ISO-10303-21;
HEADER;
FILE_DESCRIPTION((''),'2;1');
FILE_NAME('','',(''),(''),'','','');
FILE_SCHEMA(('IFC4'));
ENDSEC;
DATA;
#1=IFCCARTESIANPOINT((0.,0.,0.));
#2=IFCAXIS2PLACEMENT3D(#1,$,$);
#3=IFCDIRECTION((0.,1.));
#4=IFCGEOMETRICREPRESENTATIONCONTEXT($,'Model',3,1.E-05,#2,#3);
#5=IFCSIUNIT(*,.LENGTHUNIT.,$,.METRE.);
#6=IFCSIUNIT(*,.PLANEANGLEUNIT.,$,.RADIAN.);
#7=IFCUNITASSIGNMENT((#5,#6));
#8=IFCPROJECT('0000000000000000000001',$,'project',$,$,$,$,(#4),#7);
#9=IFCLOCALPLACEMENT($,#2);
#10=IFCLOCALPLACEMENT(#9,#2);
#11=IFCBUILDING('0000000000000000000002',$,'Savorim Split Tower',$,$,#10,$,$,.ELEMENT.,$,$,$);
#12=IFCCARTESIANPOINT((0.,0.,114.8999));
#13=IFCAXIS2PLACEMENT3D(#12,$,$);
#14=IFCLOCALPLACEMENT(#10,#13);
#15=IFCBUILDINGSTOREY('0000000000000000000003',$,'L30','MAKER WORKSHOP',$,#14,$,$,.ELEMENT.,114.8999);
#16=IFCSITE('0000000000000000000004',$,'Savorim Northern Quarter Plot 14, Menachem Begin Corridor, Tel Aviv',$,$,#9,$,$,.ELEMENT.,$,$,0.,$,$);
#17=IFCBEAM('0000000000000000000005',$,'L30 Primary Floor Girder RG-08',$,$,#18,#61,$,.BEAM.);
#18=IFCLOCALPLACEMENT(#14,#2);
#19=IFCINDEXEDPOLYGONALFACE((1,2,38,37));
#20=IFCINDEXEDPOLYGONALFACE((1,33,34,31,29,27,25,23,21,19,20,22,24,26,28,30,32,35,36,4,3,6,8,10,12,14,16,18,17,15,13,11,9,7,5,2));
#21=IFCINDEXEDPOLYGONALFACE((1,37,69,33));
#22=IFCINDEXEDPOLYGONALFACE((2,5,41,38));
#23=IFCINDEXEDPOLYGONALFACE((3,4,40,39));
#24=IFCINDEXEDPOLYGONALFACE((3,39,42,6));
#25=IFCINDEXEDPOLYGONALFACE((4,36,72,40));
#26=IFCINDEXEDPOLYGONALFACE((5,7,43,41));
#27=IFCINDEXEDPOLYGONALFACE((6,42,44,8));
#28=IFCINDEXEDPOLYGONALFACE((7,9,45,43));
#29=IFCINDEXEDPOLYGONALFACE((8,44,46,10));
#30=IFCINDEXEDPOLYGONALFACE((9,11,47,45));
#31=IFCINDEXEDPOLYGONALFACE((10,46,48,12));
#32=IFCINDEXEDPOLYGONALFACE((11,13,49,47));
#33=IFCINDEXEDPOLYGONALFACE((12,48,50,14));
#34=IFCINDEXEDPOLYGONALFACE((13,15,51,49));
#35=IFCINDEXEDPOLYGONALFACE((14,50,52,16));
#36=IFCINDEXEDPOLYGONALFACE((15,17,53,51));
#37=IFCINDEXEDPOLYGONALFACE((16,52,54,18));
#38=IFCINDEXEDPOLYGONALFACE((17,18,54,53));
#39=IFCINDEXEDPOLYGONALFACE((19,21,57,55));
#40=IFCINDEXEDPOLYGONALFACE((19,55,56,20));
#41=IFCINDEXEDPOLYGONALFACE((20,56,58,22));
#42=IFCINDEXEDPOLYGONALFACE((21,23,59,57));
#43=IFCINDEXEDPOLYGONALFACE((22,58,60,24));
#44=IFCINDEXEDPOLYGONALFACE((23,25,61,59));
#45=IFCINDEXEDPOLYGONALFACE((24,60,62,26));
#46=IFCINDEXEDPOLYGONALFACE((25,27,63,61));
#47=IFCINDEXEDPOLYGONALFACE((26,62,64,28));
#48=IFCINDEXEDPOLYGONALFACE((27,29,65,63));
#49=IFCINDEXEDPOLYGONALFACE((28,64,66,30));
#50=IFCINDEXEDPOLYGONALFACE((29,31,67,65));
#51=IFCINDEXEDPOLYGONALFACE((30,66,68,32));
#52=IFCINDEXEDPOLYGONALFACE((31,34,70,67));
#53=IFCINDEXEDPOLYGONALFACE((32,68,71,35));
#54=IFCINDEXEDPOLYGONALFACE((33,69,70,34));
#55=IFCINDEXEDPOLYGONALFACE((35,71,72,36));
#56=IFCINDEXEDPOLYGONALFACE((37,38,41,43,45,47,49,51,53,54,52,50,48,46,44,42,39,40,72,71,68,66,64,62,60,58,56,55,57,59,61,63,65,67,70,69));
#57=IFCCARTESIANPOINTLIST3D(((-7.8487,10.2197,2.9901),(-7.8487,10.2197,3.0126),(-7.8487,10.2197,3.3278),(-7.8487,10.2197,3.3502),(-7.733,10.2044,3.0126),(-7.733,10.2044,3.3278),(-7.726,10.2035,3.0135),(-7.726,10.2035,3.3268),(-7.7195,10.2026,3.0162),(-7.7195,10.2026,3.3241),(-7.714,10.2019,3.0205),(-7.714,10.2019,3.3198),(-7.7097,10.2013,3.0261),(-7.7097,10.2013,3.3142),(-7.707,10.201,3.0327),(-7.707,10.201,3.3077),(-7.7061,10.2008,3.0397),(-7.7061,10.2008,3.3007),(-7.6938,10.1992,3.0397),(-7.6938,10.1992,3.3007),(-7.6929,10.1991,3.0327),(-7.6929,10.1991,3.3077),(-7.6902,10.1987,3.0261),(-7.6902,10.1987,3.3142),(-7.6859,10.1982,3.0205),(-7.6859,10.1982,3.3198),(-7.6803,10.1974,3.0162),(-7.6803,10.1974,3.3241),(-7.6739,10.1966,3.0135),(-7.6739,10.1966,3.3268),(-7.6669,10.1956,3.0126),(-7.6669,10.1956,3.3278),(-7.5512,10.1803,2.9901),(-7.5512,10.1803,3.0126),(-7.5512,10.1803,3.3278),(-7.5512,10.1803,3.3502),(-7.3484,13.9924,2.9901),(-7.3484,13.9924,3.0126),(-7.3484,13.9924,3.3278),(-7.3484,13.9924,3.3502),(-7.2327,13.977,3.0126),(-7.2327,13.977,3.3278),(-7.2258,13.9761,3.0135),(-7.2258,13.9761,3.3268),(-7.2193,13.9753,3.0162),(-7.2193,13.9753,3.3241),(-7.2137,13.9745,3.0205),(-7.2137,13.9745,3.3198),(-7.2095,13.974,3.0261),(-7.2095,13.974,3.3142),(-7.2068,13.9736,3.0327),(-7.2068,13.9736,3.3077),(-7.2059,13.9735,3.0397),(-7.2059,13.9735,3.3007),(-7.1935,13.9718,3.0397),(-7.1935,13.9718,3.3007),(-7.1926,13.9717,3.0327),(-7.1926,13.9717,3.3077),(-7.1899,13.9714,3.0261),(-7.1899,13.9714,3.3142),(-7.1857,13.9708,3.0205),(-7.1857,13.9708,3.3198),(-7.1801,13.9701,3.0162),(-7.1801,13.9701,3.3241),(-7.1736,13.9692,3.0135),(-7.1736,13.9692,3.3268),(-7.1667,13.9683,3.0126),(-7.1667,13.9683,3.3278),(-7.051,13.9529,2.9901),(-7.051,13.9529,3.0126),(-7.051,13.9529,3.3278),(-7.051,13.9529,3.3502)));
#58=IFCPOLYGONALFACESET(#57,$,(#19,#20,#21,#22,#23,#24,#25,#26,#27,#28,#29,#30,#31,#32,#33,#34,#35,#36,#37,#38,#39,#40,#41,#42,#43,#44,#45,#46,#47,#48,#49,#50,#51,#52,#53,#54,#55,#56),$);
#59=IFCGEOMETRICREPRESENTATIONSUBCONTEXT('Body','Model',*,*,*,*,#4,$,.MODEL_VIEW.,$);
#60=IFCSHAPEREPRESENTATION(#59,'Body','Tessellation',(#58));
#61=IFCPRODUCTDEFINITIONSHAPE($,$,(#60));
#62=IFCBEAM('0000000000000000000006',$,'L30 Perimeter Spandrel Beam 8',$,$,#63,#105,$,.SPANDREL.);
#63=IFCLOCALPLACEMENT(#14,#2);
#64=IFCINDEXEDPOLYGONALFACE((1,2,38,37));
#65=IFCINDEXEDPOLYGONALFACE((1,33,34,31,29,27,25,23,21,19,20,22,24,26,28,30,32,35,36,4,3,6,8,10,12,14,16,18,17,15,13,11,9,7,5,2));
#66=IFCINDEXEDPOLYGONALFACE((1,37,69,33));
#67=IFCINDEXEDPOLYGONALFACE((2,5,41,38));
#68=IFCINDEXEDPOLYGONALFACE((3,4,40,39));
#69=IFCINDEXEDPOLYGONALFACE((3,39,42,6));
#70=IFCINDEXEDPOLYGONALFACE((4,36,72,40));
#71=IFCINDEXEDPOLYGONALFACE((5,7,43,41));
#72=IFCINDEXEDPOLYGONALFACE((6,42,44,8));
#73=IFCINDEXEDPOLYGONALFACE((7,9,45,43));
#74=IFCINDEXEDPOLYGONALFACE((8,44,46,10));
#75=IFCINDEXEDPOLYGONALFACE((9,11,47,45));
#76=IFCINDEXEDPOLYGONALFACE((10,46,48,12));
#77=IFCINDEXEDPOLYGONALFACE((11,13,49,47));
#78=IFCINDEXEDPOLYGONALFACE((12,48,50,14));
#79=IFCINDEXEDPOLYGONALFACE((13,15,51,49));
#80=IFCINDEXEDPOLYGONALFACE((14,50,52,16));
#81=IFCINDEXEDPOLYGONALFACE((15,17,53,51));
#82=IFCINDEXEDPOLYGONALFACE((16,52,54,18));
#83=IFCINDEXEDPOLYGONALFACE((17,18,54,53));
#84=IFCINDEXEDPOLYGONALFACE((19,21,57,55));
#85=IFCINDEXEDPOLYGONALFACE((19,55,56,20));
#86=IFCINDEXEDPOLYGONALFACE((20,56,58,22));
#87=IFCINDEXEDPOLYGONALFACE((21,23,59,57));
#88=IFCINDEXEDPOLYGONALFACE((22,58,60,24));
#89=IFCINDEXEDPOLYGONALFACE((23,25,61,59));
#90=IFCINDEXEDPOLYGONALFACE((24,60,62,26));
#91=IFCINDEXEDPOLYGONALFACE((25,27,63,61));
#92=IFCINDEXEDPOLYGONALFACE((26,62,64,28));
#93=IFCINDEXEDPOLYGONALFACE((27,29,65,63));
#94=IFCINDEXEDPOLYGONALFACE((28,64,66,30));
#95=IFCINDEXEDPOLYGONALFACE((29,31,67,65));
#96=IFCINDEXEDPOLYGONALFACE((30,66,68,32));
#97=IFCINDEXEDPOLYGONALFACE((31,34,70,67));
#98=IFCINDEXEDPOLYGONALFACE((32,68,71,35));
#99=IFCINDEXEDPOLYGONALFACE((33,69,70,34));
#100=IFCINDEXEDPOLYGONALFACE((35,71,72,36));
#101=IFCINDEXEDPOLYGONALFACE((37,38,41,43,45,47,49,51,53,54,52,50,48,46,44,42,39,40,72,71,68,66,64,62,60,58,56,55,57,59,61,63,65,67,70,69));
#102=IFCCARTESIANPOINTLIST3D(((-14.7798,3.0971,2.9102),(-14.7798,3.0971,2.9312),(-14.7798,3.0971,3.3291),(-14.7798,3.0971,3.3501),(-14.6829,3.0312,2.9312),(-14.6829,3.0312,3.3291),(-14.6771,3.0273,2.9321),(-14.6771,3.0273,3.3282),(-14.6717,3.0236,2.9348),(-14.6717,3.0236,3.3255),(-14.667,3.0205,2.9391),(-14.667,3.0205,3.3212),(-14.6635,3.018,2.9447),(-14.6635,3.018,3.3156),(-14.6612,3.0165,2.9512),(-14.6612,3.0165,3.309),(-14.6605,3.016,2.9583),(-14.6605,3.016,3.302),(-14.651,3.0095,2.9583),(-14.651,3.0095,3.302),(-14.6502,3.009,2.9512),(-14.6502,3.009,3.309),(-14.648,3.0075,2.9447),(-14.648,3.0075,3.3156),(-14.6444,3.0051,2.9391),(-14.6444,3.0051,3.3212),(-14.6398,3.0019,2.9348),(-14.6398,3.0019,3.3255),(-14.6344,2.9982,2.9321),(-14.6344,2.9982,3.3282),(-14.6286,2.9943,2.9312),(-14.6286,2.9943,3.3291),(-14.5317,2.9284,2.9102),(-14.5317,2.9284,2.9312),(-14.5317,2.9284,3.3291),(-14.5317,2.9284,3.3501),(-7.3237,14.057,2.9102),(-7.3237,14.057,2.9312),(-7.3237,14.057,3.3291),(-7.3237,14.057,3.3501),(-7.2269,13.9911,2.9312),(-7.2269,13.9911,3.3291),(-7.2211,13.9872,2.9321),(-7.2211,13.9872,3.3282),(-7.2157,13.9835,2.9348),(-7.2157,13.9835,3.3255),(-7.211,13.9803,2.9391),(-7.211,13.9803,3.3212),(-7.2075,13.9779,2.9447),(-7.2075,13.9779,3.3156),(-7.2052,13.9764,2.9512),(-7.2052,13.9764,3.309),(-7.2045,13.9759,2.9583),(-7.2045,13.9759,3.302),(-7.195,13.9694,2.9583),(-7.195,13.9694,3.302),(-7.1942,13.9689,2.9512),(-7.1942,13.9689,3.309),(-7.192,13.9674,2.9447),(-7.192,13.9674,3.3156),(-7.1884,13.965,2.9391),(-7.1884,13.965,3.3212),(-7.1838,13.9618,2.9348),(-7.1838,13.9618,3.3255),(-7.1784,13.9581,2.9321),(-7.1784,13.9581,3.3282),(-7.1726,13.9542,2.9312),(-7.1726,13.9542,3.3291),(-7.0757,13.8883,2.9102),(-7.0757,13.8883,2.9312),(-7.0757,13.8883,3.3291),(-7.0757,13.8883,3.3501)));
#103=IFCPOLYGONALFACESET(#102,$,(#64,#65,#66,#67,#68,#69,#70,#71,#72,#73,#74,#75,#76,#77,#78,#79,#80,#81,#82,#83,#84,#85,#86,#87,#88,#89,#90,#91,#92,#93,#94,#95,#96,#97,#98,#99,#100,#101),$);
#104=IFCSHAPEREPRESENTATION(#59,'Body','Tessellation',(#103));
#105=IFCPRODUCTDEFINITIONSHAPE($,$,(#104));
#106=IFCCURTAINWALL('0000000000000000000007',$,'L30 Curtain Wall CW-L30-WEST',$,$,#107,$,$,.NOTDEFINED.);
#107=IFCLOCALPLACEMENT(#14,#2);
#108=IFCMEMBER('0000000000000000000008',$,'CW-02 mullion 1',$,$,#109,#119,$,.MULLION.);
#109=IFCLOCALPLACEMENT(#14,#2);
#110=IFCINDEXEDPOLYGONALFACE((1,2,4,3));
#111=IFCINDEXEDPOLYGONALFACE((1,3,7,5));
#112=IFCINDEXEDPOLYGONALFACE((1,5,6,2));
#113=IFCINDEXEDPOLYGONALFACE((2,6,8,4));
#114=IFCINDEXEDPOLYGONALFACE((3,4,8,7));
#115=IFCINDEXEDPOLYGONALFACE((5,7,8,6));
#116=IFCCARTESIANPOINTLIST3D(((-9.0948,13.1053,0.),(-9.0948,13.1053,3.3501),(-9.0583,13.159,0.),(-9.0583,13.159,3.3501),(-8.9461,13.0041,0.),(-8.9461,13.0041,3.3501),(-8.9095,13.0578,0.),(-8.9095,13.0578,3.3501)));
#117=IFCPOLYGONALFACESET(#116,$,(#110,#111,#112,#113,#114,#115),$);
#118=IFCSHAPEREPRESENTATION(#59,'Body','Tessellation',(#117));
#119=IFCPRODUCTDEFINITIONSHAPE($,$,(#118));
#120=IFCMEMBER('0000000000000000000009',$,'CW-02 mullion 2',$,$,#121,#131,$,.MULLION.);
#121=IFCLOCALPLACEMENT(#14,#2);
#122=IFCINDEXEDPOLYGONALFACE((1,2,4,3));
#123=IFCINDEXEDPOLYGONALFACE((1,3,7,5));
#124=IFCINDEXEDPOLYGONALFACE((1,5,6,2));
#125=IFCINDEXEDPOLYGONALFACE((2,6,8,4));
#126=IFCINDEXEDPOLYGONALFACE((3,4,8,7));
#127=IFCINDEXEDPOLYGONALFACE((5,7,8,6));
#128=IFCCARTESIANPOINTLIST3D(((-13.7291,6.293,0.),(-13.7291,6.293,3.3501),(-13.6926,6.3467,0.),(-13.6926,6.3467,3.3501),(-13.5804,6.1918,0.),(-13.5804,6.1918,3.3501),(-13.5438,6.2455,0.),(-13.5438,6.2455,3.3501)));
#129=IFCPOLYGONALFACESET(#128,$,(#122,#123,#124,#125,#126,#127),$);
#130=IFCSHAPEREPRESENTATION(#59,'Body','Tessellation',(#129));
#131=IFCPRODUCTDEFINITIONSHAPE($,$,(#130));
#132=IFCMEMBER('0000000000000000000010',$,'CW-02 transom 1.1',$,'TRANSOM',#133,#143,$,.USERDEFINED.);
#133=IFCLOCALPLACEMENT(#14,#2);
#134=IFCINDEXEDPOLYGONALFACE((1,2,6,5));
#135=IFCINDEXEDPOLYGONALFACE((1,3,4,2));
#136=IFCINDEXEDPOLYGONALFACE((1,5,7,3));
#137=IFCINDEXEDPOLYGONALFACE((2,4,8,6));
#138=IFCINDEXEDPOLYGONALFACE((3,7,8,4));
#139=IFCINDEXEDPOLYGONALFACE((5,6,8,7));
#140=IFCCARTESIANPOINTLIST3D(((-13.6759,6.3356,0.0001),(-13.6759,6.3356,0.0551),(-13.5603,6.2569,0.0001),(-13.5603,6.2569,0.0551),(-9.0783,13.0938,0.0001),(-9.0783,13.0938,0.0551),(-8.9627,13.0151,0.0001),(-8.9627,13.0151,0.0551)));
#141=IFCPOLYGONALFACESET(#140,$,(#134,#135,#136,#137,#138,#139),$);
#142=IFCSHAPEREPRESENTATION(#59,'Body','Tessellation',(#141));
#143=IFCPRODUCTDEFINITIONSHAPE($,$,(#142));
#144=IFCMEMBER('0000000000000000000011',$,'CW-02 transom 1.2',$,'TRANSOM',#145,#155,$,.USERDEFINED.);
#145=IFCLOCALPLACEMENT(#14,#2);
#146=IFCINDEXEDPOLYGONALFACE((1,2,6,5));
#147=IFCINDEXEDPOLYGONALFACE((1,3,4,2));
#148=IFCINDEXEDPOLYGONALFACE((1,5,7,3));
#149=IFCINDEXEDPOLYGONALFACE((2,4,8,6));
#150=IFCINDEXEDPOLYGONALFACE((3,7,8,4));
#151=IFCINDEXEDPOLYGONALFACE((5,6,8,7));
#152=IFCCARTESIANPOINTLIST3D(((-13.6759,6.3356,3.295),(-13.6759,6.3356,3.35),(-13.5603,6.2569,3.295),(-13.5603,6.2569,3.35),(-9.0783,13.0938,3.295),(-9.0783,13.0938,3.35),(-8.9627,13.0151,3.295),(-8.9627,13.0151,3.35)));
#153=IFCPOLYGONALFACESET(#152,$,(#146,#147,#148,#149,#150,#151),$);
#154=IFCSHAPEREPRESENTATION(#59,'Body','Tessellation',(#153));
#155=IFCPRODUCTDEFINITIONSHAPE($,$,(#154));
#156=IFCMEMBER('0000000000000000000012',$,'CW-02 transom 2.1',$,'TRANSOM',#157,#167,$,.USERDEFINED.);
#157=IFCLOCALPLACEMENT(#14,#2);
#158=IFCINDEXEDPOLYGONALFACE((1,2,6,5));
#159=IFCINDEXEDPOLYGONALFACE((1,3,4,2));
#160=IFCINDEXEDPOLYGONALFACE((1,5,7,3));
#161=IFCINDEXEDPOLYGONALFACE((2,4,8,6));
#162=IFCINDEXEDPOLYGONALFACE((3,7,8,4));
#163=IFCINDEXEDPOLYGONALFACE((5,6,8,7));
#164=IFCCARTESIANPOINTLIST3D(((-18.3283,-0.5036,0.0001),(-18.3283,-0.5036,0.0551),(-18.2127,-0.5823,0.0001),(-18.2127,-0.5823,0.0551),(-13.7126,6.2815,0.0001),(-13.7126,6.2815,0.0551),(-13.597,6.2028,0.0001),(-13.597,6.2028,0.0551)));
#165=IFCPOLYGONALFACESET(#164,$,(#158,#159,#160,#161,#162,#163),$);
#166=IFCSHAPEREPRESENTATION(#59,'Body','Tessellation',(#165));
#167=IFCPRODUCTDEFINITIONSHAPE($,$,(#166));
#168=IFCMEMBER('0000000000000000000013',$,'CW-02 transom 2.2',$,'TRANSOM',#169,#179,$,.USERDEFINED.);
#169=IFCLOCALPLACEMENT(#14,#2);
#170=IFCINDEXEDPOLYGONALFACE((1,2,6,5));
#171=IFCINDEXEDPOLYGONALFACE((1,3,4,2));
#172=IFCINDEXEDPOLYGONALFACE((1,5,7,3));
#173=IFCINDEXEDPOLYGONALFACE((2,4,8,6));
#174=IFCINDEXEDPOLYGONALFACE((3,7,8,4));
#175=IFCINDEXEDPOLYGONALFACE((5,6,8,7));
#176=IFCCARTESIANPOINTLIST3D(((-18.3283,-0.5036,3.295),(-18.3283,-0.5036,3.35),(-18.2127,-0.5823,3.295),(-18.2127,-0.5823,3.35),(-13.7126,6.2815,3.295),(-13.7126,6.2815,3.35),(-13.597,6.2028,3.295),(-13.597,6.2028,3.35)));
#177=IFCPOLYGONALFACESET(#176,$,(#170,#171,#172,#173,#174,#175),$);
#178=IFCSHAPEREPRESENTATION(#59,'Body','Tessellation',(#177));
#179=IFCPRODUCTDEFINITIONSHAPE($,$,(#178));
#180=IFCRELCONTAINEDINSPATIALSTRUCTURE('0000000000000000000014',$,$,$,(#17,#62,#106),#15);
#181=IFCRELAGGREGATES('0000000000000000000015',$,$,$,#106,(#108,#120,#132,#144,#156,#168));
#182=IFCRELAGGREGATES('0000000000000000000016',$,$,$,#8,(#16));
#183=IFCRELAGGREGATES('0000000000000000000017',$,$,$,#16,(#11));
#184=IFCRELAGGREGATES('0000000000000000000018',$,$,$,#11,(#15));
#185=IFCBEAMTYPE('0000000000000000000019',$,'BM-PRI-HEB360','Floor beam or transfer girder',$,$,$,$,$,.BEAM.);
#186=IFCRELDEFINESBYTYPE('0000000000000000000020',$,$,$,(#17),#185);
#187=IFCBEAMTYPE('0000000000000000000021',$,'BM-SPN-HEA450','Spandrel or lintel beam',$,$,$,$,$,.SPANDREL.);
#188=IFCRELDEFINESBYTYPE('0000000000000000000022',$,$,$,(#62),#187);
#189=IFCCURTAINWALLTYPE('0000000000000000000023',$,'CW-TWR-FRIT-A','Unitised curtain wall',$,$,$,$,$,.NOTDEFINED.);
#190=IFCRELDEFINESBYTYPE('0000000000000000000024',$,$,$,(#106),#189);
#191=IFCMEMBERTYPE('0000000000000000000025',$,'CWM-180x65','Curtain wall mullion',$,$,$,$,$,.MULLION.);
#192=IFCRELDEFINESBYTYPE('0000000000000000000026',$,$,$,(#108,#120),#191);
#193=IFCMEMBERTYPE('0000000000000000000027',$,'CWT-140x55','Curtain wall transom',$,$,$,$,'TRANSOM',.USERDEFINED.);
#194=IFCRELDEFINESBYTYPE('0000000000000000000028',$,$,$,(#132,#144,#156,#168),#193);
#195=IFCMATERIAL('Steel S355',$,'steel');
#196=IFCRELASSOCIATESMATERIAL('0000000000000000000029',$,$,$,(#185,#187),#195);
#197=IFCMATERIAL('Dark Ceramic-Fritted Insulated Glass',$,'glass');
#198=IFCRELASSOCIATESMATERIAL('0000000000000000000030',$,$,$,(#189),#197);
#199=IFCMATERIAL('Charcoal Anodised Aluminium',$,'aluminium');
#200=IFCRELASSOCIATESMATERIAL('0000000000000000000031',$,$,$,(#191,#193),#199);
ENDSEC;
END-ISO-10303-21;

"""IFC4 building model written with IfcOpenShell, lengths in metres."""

from ifc_helpers import new_model, si_unit, direction, frame, origin, origin_2d, place, context, subcontext, project, spatial, rectangle, i_section, extrude, material, material_profile, profile_set, type_object, element, aggregate, save


model = new_model("IFC4")

# Units and contexts
model_context = context("Model", 3, precision=1e-05, world=origin(), true_north=direction((0.0, 1.0)))
body_context = subcontext(model_context, "Body", "Model", "MODEL_VIEW")
ifc_project = project(units=[si_unit("LENGTHUNIT", "METRE"), si_unit("PLANEANGLEUNIT", "RADIAN")], contexts=[model_context])

# Site, building, storey
site_placement = place(None, origin())
site = spatial("IfcSite", under=ifc_project, at=site_placement, Name="Savorim Northern Quarter Plot 14, Menachem Begin Corridor, Tel Aviv", CompositionType="ELEMENT", RefElevation=0.0)
building_placement = place(site_placement, origin())
building = spatial("IfcBuilding", under=site, at=building_placement, Name="Savorim Split Tower", CompositionType="ELEMENT")
storey_placement = place(building_placement, frame((0.0, 0.0, 114.8999)))
storey = spatial("IfcBuildingStorey", under=building, at=storey_placement, Name="L30", Description="MAKER WORKSHOP", CompositionType="ELEMENT", Elevation=114.8999)

# Beams
ifc_material_1 = material(Name="Steel S355", Category="steel")
ifc_material_profile_1 = material_profile(ifc_material_1, i_section(OverallWidth=0.3, OverallDepth=0.3601, WebThickness=0.0125, FlangeThickness=0.0225, FilletRadius=0.0271, at=origin_2d()), Name="HEB 360")
ifc_profile_set_1 = profile_set([ifc_material_profile_1], Name="Steel S355")
beam_type_1 = type_object("IfcBeamType", Name="BM-PRI-HEB360", Description="Floor beam or transfer girder", PredefinedType="BEAM", material=ifc_profile_set_1)
beam_1_placement = place(storey_placement, frame((-7.1997, 13.9727, 3.1702), z_axis=(-0.131445, -0.991323, 0.0), x_axis=(0.991323, -0.131445, 0.0)))
element("IfcBeam", 1, at=beam_1_placement, inside=storey, type_object=beam_type_1, Name="L30 Primary Floor Girder RG-08", PredefinedType="BEAM", context=body_context, shape_type="SweptSolid", body=[
    extrude(i_section(OverallWidth=0.3, OverallDepth=0.3601, WebThickness=0.0125, FlangeThickness=0.0225, FilletRadius=0.0271, at=origin_2d()), origin(), (0.0, 0.0, 1.0), 3.8057),
])
ifc_material_profile_2 = material_profile(ifc_material_1, i_section(OverallWidth=0.3, OverallDepth=0.4399, WebThickness=0.0115, FlangeThickness=0.021, FilletRadius=0.0271, at=origin_2d()), Name="HEA 450")
ifc_profile_set_2 = profile_set([ifc_material_profile_2], Name="Steel S355")
beam_type_2 = type_object("IfcBeamType", Name="BM-SPN-HEA450", Description="Spandrel or lintel beam", PredefinedType="SPANDREL", material=ifc_profile_set_2)
beam_2_placement = place(storey_placement, frame((-7.1997, 13.9727, 3.1301), z_axis=(-0.562479, -0.826811, 0.0), x_axis=(0.826811, -0.562479, 0.0)))
element("IfcBeam", 2, at=beam_2_placement, inside=storey, type_object=beam_type_2, Name="L30 Perimeter Spandrel Beam 8", PredefinedType="SPANDREL", context=body_context, shape_type="SweptSolid", body=[
    extrude(i_section(OverallWidth=0.3, OverallDepth=0.4399, WebThickness=0.0115, FlangeThickness=0.021, FilletRadius=0.0271, at=origin_2d()), origin(), (0.0, 0.0, 1.0), 13.2556),
])

# Curtain wall, members
ifc_material_2 = material(Name="Dark Ceramic-Fritted Insulated Glass", Category="glass")
curtain_wall_type = type_object("IfcCurtainWallType", Name="CW-TWR-FRIT-A", Description="Unitised curtain wall", PredefinedType="NOTDEFINED", material=ifc_material_2)
curtain_wall_placement = place(storey_placement, origin())
curtain_wall = element("IfcCurtainWall", 3, at=curtain_wall_placement, inside=storey, type_object=curtain_wall_type, Name="L30 Curtain Wall CW-L30-WEST", PredefinedType="NOTDEFINED")
ifc_material_3 = material(Name="Charcoal Anodised Aluminium", Category="aluminium")
ifc_material_profile_3 = material_profile(ifc_material_3, rectangle(XDim=0.1799, YDim=0.0649, at=origin_2d()), Name="ALU-M 180x65")
ifc_profile_set_3 = profile_set([ifc_material_profile_3], Name="Charcoal Anodised Aluminium")
member_type_1 = type_object("IfcMemberType", Name="CWM-180x65", Description="Curtain wall mullion", PredefinedType="MULLION", material=ifc_profile_set_3)
member_1_placement = place(storey_placement, frame((-9.0022, 13.0815, 0.0), z_axis=(0.0, 0.0, 1.0), x_axis=(0.82682, -0.562467, 0.0)))
member_1 = element("IfcMember", 4, at=member_1_placement, type_object=member_type_1, Name="CW-02 mullion 1", PredefinedType="MULLION", context=body_context, shape_type="SweptSolid", body=[
    extrude(rectangle(XDim=0.1799, YDim=0.0649, at=origin_2d()), origin(), (0.0, 0.0, 1.0), 3.3501),
])
member_2_placement = place(storey_placement, frame((-13.6365, 6.2693, 0.0), z_axis=(0.0, 0.0, 1.0), x_axis=(0.82682, -0.562467, 0.0)))
member_2 = element("IfcMember", 5, at=member_2_placement, type_object=member_type_1, Name="CW-02 mullion 2", PredefinedType="MULLION", context=body_context, shape_type="SweptSolid", body=[
    extrude(rectangle(XDim=0.1799, YDim=0.0649, at=origin_2d()), origin(), (0.0, 0.0, 1.0), 3.3501),
])
ifc_material_profile_4 = material_profile(ifc_material_3, rectangle(XDim=0.1399, YDim=0.0549, at=origin_2d()), Name="ALU-T 140x55")
ifc_profile_set_4 = profile_set([ifc_material_profile_4], Name="Charcoal Anodised Aluminium")
member_type_2 = type_object("IfcMemberType", Name="CWT-140x55", Description="Curtain wall transom", ElementType="TRANSOM", PredefinedType="USERDEFINED", material=ifc_profile_set_4)
member_3_placement = place(storey_placement, frame((-9.0205, 13.0544, 0.0276), z_axis=(-0.562478, -0.826812, 0.0), x_axis=(0.826812, -0.562478, 0.0)))
member_3 = element("IfcMember", 6, at=member_3_placement, type_object=member_type_2, Name="CW-02 transom 1.1", ObjectType="TRANSOM", PredefinedType="USERDEFINED", context=body_context, shape_type="SweptSolid", body=[
    extrude(rectangle(XDim=0.1399, YDim=0.0549, at=origin_2d()), origin(), (0.0, 0.0, 1.0), 8.1738),
])
member_4_placement = place(storey_placement, frame((-9.0205, 13.0544, 3.3225), z_axis=(-0.562478, -0.826812, 0.0), x_axis=(0.826812, -0.562478, 0.0)))
member_4 = element("IfcMember", 7, at=member_4_placement, type_object=member_type_2, Name="CW-02 transom 1.2", ObjectType="TRANSOM", PredefinedType="USERDEFINED", context=body_context, shape_type="SweptSolid", body=[
    extrude(rectangle(XDim=0.1399, YDim=0.0549, at=origin_2d()), origin(), (0.0, 0.0, 1.0), 8.1738),
])
member_5_placement = place(storey_placement, frame((-13.6548, 6.2422, 0.0276), z_axis=(-0.562461, -0.826824, 0.0), x_axis=(0.826824, -0.562461, 0.0)))
member_5 = element("IfcMember", 8, at=member_5_placement, type_object=member_type_2, Name="CW-02 transom 2.1", ObjectType="TRANSOM", PredefinedType="USERDEFINED", context=body_context, shape_type="SweptSolid", body=[
    extrude(rectangle(XDim=0.1399, YDim=0.0549, at=origin_2d()), origin(), (0.0, 0.0, 1.0), 8.2063),
])
member_6_placement = place(storey_placement, frame((-13.6548, 6.2422, 3.3225), z_axis=(-0.562461, -0.826824, 0.0), x_axis=(0.826824, -0.562461, 0.0)))
member_6 = element("IfcMember", 9, at=member_6_placement, type_object=member_type_2, Name="CW-02 transom 2.2", ObjectType="TRANSOM", PredefinedType="USERDEFINED", context=body_context, shape_type="SweptSolid", body=[
    extrude(rectangle(XDim=0.1399, YDim=0.0549, at=origin_2d()), origin(), (0.0, 0.0, 1.0), 8.2063),
])
aggregate(curtain_wall, [member_1, member_2, member_3, member_4, member_5, member_6])

save(model, "model.ifc")
